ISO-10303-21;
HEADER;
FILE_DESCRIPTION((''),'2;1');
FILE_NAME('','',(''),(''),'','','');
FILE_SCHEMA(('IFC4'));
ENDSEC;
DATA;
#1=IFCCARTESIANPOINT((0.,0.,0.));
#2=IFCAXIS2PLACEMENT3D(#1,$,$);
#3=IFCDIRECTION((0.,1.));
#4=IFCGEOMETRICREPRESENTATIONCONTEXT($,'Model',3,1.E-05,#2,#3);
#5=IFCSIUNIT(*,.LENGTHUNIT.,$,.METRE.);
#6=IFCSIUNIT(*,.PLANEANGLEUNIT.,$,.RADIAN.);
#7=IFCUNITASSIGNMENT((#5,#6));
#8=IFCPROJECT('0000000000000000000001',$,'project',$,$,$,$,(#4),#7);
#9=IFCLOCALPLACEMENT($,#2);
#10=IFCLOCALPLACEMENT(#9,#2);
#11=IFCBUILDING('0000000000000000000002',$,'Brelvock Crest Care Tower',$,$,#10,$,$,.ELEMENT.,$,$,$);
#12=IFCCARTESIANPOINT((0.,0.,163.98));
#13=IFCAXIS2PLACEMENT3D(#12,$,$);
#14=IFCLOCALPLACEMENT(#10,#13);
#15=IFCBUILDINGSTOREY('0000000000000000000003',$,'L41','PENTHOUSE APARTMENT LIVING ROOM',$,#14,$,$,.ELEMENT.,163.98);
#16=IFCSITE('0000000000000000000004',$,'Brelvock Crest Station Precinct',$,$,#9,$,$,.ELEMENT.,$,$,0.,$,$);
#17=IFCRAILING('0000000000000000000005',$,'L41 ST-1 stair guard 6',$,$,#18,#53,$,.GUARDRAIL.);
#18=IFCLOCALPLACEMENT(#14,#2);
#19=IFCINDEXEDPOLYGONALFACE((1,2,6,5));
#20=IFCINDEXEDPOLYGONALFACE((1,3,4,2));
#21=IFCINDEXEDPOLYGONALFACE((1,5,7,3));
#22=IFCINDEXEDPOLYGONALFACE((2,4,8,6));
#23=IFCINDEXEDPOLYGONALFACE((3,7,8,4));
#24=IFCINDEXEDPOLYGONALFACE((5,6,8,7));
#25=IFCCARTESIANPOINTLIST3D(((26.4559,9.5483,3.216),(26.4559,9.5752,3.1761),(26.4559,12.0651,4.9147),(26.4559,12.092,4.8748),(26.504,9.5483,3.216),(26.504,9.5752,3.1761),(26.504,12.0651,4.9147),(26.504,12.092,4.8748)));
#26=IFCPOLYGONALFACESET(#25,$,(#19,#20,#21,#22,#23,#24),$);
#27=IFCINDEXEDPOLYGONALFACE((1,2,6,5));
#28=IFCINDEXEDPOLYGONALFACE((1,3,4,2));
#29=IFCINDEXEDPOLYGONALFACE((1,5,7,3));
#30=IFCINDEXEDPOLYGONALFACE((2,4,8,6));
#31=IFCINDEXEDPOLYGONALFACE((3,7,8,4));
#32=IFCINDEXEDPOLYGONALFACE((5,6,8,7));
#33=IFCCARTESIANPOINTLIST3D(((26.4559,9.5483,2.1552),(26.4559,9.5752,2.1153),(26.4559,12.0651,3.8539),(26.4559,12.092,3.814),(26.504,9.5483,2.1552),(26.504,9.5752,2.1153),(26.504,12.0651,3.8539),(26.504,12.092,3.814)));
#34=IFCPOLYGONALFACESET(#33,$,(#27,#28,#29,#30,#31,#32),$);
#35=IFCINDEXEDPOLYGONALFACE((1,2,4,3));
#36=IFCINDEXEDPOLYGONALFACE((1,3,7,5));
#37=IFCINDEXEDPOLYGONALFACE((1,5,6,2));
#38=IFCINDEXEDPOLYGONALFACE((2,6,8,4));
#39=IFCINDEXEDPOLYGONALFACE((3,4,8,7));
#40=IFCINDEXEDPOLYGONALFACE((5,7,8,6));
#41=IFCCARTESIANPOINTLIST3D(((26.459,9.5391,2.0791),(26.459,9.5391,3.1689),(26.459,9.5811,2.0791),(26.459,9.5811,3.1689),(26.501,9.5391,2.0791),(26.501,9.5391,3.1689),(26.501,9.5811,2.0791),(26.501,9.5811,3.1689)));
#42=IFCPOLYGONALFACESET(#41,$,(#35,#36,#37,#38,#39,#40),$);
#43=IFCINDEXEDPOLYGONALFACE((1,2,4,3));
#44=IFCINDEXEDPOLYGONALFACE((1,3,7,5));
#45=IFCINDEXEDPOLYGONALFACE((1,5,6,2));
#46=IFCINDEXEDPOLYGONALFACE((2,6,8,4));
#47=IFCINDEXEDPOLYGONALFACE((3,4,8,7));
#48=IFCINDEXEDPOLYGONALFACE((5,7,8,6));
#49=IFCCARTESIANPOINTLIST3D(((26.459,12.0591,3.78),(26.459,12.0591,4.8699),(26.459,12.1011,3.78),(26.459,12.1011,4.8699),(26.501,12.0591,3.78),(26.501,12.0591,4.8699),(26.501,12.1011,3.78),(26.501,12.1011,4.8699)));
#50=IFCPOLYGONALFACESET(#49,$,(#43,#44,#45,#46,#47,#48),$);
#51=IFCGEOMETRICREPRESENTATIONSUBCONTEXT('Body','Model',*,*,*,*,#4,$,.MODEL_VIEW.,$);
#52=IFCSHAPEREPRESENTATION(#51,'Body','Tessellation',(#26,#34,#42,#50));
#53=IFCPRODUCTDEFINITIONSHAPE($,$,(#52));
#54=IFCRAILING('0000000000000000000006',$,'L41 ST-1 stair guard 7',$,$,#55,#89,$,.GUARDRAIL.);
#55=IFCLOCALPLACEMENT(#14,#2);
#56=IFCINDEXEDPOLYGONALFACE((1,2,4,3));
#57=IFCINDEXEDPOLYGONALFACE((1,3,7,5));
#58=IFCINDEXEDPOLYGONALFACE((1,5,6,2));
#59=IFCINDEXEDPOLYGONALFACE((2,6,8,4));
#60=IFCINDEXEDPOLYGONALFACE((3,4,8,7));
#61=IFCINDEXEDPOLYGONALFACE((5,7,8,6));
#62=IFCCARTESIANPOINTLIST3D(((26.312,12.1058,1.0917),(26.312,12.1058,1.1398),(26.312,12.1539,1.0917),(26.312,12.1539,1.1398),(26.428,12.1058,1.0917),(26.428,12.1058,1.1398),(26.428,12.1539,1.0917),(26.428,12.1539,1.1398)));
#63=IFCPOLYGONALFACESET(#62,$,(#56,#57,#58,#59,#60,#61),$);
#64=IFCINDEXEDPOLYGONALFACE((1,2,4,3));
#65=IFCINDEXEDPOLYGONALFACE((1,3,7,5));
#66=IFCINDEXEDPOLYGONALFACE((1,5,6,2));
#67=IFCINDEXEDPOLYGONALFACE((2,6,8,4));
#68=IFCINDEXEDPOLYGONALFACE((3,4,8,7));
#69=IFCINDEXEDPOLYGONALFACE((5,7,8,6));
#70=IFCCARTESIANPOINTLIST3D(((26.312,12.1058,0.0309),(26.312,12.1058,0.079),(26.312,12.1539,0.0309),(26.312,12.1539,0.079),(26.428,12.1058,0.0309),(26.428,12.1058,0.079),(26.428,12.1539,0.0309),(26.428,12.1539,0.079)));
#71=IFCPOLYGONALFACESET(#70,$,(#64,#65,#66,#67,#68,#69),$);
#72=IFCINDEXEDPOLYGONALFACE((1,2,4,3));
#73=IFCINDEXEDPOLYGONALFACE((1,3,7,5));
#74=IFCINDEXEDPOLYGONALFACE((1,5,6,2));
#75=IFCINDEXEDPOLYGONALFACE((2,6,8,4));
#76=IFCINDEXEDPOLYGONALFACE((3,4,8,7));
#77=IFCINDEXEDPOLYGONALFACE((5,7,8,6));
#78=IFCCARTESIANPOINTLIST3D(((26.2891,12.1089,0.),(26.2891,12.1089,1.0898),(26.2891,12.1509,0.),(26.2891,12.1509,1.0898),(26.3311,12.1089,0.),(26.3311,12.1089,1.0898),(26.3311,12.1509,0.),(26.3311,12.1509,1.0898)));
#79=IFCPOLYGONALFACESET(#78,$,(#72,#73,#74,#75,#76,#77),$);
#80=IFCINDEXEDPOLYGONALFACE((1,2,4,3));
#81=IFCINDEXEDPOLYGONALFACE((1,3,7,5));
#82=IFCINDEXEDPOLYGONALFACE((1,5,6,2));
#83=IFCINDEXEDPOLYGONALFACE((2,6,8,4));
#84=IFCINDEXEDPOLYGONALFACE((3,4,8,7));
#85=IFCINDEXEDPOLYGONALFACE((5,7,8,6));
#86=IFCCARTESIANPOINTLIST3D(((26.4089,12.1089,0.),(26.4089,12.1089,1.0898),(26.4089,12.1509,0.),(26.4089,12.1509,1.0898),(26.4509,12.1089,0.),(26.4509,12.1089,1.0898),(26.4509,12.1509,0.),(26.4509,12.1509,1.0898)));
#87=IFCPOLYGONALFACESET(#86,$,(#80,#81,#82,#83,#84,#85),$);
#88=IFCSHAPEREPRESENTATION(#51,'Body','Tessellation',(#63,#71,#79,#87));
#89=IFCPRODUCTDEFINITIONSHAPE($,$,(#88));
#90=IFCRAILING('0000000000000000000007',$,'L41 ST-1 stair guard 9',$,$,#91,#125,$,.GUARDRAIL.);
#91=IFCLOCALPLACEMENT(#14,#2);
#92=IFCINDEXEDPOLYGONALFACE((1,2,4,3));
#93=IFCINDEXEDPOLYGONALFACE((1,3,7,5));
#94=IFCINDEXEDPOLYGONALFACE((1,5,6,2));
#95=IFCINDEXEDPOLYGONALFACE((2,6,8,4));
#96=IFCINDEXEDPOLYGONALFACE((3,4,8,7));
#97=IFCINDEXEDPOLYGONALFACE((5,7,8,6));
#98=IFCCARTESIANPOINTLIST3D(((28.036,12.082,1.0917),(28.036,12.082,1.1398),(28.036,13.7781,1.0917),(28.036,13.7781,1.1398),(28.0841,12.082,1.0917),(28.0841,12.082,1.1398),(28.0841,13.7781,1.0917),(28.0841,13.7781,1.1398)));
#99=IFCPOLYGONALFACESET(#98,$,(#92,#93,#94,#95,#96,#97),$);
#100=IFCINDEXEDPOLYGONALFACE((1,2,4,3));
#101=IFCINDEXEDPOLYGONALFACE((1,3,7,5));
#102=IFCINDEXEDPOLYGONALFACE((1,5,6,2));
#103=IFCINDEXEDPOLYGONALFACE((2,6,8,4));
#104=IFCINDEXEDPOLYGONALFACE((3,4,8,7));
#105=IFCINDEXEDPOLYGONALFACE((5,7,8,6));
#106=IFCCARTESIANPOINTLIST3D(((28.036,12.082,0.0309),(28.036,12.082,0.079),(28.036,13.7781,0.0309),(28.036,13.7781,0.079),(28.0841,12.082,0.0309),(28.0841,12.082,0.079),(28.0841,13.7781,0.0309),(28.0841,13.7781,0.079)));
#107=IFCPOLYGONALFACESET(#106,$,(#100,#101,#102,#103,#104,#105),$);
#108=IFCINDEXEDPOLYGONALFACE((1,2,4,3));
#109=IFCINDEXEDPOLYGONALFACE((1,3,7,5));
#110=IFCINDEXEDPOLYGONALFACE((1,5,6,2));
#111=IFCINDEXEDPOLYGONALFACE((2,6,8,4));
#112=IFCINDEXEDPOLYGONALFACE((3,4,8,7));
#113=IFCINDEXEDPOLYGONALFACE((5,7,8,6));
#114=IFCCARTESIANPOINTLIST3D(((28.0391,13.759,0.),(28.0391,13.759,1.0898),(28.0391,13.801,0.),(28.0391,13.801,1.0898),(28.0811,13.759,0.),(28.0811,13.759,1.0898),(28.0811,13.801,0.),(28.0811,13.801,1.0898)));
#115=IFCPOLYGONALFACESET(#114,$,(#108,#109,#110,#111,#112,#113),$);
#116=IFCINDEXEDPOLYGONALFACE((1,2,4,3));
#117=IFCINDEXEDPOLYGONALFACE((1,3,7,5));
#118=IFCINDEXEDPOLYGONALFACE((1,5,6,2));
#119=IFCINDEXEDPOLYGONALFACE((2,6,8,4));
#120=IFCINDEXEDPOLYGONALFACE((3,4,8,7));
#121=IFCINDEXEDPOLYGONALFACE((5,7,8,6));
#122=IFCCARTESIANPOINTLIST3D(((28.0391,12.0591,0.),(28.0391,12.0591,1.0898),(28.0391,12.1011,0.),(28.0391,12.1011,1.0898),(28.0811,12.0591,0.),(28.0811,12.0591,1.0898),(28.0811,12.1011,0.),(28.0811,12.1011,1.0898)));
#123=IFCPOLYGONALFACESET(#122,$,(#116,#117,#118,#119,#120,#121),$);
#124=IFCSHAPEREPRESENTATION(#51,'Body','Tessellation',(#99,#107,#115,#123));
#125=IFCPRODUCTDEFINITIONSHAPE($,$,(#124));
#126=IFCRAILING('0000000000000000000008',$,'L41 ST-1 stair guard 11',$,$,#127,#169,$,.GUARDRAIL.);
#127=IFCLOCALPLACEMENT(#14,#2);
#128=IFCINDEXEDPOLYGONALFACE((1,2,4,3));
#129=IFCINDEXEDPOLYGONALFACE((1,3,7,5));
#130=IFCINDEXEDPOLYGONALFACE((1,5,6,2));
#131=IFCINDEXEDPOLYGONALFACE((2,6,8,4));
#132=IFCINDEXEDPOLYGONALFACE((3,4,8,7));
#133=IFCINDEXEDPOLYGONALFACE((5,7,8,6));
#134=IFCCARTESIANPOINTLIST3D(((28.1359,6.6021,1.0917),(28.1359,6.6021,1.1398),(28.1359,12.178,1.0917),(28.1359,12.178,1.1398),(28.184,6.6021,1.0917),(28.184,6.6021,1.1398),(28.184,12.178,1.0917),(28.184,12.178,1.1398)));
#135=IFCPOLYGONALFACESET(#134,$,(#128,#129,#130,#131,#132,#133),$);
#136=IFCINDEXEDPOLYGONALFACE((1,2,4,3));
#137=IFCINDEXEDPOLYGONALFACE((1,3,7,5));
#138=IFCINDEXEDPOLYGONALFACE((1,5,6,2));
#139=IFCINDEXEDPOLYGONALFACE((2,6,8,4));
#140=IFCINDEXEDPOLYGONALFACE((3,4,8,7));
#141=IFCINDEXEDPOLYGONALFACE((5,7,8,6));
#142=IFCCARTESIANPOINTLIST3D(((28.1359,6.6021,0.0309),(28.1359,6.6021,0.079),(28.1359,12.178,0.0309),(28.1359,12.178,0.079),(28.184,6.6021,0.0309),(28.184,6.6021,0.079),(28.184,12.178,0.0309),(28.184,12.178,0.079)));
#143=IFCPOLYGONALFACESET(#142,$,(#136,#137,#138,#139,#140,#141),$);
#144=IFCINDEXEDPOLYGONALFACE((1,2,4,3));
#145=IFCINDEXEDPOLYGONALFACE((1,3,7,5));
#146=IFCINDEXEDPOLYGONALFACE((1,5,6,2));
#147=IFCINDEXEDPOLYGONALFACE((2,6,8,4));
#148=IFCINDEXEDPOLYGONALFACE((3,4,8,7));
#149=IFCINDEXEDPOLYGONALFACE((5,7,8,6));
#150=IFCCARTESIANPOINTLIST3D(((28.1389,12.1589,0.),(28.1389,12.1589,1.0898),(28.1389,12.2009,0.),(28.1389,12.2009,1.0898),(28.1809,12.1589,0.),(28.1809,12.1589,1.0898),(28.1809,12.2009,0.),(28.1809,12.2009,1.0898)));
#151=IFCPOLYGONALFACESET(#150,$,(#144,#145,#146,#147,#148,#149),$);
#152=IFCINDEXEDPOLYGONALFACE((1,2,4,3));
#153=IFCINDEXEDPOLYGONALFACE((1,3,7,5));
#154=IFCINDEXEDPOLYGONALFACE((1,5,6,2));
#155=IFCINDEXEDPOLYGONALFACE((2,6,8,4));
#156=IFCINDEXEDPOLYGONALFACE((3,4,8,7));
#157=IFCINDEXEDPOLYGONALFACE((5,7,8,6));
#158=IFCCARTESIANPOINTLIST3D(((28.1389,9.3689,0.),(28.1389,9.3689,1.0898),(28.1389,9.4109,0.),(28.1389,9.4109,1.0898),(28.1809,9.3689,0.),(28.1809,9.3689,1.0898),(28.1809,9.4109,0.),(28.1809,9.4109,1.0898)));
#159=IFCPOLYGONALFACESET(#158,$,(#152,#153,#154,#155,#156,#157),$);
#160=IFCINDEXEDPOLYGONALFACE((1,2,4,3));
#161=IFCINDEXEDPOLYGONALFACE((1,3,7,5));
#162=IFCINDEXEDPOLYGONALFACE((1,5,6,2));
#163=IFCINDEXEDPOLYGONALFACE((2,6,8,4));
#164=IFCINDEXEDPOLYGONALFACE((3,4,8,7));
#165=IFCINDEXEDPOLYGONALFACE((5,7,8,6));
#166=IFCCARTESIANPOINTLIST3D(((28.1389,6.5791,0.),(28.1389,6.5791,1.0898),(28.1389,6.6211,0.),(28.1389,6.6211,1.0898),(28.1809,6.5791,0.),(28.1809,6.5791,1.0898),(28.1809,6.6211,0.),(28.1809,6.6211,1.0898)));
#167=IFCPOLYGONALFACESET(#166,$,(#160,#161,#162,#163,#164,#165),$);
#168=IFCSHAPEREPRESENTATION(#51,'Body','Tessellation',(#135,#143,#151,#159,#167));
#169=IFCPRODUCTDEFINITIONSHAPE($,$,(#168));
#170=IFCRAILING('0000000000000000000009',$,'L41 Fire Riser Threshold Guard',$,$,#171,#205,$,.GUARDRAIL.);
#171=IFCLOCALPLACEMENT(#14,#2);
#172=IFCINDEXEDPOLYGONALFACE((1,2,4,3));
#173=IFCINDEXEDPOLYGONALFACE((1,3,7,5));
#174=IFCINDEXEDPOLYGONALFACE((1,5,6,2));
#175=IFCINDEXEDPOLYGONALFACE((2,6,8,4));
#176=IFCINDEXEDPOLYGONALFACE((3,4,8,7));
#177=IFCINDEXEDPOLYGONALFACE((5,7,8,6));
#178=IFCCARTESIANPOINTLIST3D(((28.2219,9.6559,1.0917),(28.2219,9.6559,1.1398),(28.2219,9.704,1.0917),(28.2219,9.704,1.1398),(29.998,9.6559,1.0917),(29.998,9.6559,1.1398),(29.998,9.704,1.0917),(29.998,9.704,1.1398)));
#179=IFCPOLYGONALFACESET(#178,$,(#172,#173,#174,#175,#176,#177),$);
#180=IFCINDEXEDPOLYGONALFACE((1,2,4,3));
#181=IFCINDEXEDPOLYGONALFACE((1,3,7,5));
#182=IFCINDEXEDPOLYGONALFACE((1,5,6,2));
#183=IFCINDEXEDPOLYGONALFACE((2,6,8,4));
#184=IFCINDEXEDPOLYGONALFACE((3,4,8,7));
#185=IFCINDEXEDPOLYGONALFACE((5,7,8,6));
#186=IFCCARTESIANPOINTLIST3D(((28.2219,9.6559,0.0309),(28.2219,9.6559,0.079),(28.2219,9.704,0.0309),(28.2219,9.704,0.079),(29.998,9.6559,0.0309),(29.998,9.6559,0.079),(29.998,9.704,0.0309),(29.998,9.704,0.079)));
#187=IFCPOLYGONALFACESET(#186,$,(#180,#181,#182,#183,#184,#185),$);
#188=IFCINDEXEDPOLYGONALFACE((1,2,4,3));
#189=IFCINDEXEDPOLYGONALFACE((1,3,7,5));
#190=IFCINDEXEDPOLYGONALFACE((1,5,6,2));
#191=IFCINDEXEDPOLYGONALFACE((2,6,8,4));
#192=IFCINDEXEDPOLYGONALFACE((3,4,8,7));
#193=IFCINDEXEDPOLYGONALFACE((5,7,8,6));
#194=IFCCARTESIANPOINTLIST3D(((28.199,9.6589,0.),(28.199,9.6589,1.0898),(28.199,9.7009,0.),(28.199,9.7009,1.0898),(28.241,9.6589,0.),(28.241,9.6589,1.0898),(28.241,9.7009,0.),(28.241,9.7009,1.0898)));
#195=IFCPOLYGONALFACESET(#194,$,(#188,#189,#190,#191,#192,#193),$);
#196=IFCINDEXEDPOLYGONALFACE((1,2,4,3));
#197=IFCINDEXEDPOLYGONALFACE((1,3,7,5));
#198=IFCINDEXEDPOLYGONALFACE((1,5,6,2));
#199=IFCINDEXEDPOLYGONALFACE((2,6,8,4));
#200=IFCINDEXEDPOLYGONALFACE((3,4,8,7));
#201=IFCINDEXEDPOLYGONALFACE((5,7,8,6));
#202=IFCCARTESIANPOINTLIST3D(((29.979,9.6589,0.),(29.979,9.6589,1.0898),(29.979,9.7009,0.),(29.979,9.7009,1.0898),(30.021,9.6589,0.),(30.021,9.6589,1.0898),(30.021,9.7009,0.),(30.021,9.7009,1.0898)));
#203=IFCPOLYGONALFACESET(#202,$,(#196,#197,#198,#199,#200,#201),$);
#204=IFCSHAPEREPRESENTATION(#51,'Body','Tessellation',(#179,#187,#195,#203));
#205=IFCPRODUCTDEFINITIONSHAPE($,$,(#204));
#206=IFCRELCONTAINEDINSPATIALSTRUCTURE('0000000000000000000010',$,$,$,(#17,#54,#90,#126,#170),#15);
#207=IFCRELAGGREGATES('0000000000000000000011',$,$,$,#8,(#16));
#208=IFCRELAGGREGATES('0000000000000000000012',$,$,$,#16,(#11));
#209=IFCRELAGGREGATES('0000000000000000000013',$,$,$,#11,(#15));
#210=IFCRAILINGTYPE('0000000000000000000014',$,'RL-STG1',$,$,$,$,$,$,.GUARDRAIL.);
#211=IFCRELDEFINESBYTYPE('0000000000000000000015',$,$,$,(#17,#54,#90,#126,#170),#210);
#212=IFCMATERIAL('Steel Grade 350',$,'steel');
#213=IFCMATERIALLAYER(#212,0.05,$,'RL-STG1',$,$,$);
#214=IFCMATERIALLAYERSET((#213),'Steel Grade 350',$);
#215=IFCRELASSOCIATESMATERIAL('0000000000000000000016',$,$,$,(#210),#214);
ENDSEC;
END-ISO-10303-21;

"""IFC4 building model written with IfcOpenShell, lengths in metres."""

from ifc_helpers import new_model, si_unit, direction, frame, origin, origin_2d, place, context, subcontext, project, spatial, rectangle, extrude, material, layer, layer_set, type_object, element, save


model = new_model("IFC4")

# Units and contexts
model_context = context("Model", 3, precision=1e-05, world=origin(), true_north=direction((0.0, 1.0)))
body_context = subcontext(model_context, "Body", "Model", "MODEL_VIEW")
ifc_project = project(units=[si_unit("LENGTHUNIT", "METRE"), si_unit("PLANEANGLEUNIT", "RADIAN")], contexts=[model_context])

# Site, building, storey
site_placement = place(None, origin())
site = spatial("IfcSite", under=ifc_project, at=site_placement, Name="Brelvock Crest Station Precinct", CompositionType="ELEMENT", RefElevation=0.0)
building_placement = place(site_placement, origin())
building = spatial("IfcBuilding", under=site, at=building_placement, Name="Brelvock Crest Care Tower", CompositionType="ELEMENT")
storey_placement = place(building_placement, frame((0.0, 0.0, 163.98)))
storey = spatial("IfcBuildingStorey", under=building, at=storey_placement, Name="L41", Description="PENTHOUSE APARTMENT LIVING ROOM", CompositionType="ELEMENT", Elevation=163.98)

# Shared definitions
ifc_material_1 = material(Name="Steel Grade 350", Category="steel")

# Railings
ifc_layer_1 = layer(ifc_material_1, 0.05, Name="RL-STG1")
ifc_layer_set_1 = layer_set([ifc_layer_1], Name="Steel Grade 350")
railing_type_1 = type_object("IfcRailingType", Name="RL-STG1", PredefinedType="GUARDRAIL", material=ifc_layer_set_1)
railing_1_placement = place(storey_placement, frame((26.48, 9.5601, 2.0791)))
element("IfcRailing", 1, at=railing_1_placement, inside=storey, type_object=railing_type_1, Name="L41 ST-1 stair guard 6", PredefinedType="GUARDRAIL", context=body_context, shape_type="SweptSolid", body=[
    extrude(rectangle(XDim=0.0481, YDim=0.0481, at=origin_2d()), frame((0.0, 0.0017, 1.1169), z_axis=(0.0, 0.828862, 0.559454), x_axis=(-1.0, 0.0, 0.0)), (0.0, 0.0, 1.0), 3.0364),
    extrude(rectangle(XDim=0.0481, YDim=0.0481, at=origin_2d()), frame((0.0, 0.0017, 0.0562), z_axis=(0.0, 0.828862, 0.559454), x_axis=(-1.0, 0.0, 0.0)), (0.0, 0.0, 1.0), 3.0364),
    extrude(rectangle(XDim=0.042, YDim=0.042, at=origin_2d()), origin(), (0.0, 0.0, 1.0), 1.0898),
    extrude(rectangle(XDim=0.042, YDim=0.042, at=origin_2d()), frame((0.0, 2.52, 1.7009)), (0.0, 0.0, 1.0), 1.0898),
])
railing_2_placement = place(storey_placement, frame((26.3101, 12.1299, 0.0)))
element("IfcRailing", 2, at=railing_2_placement, inside=storey, type_object=railing_type_1, Name="L41 ST-1 stair guard 7", PredefinedType="GUARDRAIL", context=body_context, shape_type="SweptSolid", body=[
    extrude(rectangle(XDim=0.0481, YDim=0.0481, at=origin_2d()), frame((0.002, 0.0, 1.1157), z_axis=(1.0, 0.0, 0.0), x_axis=(0.0, 1.0, 0.0)), (0.0, 0.0, 1.0), 0.116),
    extrude(rectangle(XDim=0.0481, YDim=0.0481, at=origin_2d()), frame((0.002, 0.0, 0.0549), z_axis=(1.0, 0.0, 0.0), x_axis=(0.0, 1.0, 0.0)), (0.0, 0.0, 1.0), 0.116),
    extrude(rectangle(XDim=0.042, YDim=0.042, at=origin_2d()), origin(), (0.0, 0.0, 1.0), 1.0898),
    extrude(rectangle(XDim=0.042, YDim=0.042, at=origin_2d()), frame((0.1199, 0.0, 0.0)), (0.0, 0.0, 1.0), 1.0898),
])
railing_3_placement = place(storey_placement, frame((28.0601, 13.78, 0.0)))
element("IfcRailing", 3, at=railing_3_placement, inside=storey, type_object=railing_type_1, Name="L41 ST-1 stair guard 9", PredefinedType="GUARDRAIL", context=body_context, shape_type="SweptSolid", body=[
    extrude(rectangle(XDim=0.0481, YDim=0.0481, at=origin_2d()), frame((0.0, -0.002, 1.1157), z_axis=(0.0, -1.0, 0.0), x_axis=(1.0, 0.0, 0.0)), (0.0, 0.0, 1.0), 1.696),
    extrude(rectangle(XDim=0.0481, YDim=0.0481, at=origin_2d()), frame((0.0, -0.002, 0.0549), z_axis=(0.0, -1.0, 0.0), x_axis=(1.0, 0.0, 0.0)), (0.0, 0.0, 1.0), 1.696),
    extrude(rectangle(XDim=0.042, YDim=0.042, at=origin_2d()), origin(), (0.0, 0.0, 1.0), 1.0898),
    extrude(rectangle(XDim=0.042, YDim=0.042, at=origin_2d()), frame((0.0, -1.7, 0.0)), (0.0, 0.0, 1.0), 1.0898),
])
railing_4_placement = place(storey_placement, frame((28.1599, 12.1799, 0.0)))
element("IfcRailing", 4, at=railing_4_placement, inside=storey, type_object=railing_type_1, Name="L41 ST-1 stair guard 11", PredefinedType="GUARDRAIL", context=body_context, shape_type="SweptSolid", body=[
    extrude(rectangle(XDim=0.0481, YDim=0.0481, at=origin_2d()), frame((0.0, -0.002, 1.1157), z_axis=(0.0, -1.0, 0.0), x_axis=(1.0, 0.0, 0.0)), (0.0, 0.0, 1.0), 5.5759),
    extrude(rectangle(XDim=0.0481, YDim=0.0481, at=origin_2d()), frame((0.0, -0.002, 0.0549), z_axis=(0.0, -1.0, 0.0), x_axis=(1.0, 0.0, 0.0)), (0.0, 0.0, 1.0), 5.5759),
    extrude(rectangle(XDim=0.042, YDim=0.042, at=origin_2d()), origin(), (0.0, 0.0, 1.0), 1.0898),
    extrude(rectangle(XDim=0.042, YDim=0.042, at=origin_2d()), frame((0.0, -2.79, 0.0)), (0.0, 0.0, 1.0), 1.0898),
    extrude(rectangle(XDim=0.042, YDim=0.042, at=origin_2d()), frame((0.0, -5.5798, 0.0)), (0.0, 0.0, 1.0), 1.0898),
])
railing_5_placement = place(storey_placement, frame((28.22, 9.6799, 0.0)))
element("IfcRailing", 5, at=railing_5_placement, inside=storey, type_object=railing_type_1, Name="L41 Fire Riser Threshold Guard", PredefinedType="GUARDRAIL", context=body_context, shape_type="SweptSolid", body=[
    extrude(rectangle(XDim=0.0481, YDim=0.0481, at=origin_2d()), frame((0.002, 0.0, 1.1157), z_axis=(1.0, 0.0, 0.0), x_axis=(0.0, 1.0, 0.0)), (0.0, 0.0, 1.0), 1.7761),
    extrude(rectangle(XDim=0.0481, YDim=0.0481, at=origin_2d()), frame((0.002, 0.0, 0.0549), z_axis=(1.0, 0.0, 0.0), x_axis=(0.0, 1.0, 0.0)), (0.0, 0.0, 1.0), 1.7761),
    extrude(rectangle(XDim=0.042, YDim=0.042, at=origin_2d()), origin(), (0.0, 0.0, 1.0), 1.0898),
    extrude(rectangle(XDim=0.042, YDim=0.042, at=origin_2d()), frame((1.78, 0.0, 0.0)), (0.0, 0.0, 1.0), 1.0898),
])

save(model, "model.ifc")
